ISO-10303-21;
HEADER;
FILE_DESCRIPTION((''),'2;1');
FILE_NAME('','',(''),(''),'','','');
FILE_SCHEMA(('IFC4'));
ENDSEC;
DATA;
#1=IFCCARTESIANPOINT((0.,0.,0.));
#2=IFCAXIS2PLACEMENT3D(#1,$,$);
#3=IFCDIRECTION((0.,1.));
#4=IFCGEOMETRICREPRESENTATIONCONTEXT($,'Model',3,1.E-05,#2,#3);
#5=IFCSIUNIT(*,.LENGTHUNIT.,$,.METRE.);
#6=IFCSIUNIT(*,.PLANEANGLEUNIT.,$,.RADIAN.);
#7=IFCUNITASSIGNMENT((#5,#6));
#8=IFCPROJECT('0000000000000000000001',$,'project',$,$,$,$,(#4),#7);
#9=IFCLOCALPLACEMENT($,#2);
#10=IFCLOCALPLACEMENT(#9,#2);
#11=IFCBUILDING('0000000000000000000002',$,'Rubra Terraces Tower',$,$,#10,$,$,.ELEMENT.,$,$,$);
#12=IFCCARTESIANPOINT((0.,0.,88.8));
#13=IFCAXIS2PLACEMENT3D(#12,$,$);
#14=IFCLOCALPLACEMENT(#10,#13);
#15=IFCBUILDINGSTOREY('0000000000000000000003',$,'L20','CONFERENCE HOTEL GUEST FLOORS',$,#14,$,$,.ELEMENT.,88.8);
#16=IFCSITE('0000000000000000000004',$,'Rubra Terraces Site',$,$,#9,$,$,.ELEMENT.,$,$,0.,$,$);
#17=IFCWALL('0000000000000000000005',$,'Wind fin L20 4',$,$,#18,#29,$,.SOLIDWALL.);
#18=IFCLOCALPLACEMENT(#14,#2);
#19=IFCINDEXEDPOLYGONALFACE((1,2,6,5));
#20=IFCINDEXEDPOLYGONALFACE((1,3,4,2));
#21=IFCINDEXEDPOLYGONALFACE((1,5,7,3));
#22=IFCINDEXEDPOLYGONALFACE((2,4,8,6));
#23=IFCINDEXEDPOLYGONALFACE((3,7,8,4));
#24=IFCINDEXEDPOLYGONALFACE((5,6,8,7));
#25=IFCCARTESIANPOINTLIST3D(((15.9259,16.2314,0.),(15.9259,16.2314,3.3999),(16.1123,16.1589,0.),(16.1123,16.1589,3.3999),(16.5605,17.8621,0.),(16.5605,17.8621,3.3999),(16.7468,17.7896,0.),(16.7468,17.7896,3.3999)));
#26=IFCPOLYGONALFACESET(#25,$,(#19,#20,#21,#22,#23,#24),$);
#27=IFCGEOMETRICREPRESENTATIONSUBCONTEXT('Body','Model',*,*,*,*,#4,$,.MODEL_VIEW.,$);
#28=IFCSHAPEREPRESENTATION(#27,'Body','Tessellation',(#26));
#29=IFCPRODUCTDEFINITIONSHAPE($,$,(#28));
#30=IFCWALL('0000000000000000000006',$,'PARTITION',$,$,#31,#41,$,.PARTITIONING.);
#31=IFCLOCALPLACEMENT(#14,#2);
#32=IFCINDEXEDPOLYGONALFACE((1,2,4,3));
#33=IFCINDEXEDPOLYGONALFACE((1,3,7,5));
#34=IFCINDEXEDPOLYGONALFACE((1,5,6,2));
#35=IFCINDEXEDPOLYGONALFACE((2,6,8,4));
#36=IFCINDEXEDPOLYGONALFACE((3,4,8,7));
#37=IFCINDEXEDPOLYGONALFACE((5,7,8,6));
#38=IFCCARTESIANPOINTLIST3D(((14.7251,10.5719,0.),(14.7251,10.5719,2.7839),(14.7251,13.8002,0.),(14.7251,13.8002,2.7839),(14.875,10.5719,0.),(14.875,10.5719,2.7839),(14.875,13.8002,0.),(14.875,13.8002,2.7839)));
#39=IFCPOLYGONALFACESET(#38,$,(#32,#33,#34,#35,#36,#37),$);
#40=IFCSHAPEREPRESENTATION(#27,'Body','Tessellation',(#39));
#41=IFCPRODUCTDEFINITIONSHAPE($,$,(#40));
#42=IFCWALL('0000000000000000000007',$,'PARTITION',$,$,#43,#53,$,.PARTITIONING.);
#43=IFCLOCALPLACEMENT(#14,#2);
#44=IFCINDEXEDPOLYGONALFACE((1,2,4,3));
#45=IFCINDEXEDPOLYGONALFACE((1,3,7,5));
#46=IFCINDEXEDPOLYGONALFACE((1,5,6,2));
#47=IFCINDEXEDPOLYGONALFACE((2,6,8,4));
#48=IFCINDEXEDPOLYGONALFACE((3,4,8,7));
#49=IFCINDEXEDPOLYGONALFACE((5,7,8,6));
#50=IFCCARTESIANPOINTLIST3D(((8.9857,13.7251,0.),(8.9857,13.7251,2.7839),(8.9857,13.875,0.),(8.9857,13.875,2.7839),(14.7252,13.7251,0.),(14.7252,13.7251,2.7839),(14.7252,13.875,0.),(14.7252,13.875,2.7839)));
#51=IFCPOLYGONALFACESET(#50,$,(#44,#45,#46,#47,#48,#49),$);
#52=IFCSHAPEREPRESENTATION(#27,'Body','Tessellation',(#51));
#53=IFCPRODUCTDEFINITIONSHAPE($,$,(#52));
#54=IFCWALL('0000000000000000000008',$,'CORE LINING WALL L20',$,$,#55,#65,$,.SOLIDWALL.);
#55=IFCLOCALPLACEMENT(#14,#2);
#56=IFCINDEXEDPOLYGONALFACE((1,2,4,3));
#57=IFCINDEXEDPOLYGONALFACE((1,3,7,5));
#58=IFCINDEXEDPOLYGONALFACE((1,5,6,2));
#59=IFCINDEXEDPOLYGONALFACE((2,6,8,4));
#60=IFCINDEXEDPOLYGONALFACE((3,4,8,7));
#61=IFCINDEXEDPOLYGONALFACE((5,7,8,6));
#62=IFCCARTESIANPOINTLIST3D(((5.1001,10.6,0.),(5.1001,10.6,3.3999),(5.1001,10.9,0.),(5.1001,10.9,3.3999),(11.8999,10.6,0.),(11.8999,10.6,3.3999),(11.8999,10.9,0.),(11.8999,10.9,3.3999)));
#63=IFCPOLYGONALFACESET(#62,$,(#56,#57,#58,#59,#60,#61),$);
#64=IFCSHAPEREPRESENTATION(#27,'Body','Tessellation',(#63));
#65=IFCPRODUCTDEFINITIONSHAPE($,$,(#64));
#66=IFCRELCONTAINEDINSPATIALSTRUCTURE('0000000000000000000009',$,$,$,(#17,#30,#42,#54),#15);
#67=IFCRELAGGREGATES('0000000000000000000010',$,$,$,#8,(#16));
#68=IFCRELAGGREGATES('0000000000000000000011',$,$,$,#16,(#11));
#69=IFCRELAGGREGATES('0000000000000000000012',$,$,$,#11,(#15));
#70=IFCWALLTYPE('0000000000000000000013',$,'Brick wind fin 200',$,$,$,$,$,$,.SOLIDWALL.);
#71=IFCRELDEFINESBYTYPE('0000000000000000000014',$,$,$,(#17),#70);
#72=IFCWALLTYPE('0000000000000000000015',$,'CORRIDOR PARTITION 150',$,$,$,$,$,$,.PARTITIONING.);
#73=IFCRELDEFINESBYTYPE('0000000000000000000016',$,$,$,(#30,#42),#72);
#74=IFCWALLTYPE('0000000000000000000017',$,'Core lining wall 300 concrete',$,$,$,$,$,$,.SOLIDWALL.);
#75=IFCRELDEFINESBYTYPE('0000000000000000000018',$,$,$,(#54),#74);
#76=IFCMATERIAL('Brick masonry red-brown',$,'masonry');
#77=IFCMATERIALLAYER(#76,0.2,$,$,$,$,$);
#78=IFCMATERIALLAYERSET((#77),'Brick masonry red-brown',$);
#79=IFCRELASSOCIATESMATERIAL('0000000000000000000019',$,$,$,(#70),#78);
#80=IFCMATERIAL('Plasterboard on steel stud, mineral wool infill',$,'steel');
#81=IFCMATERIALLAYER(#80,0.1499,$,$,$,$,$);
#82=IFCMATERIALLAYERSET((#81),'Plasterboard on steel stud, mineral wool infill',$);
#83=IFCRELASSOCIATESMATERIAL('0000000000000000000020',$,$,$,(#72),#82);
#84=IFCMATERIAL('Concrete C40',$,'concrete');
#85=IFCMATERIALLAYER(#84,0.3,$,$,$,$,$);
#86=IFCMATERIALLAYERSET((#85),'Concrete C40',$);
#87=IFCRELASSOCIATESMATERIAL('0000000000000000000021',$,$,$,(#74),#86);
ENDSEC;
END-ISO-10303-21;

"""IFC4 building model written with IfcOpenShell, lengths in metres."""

from ifc_helpers import new_model, si_unit, direction, frame, frame_2d, origin, place, context, subcontext, project, spatial, rectangle, extrude, material, layer, layer_set, type_object, element, save


model = new_model("IFC4")

# Units and contexts
model_context = context("Model", 3, precision=1e-05, world=origin(), true_north=direction((0.0, 1.0)))
body_context = subcontext(model_context, "Body", "Model", "MODEL_VIEW")
ifc_project = project(units=[si_unit("LENGTHUNIT", "METRE"), si_unit("PLANEANGLEUNIT", "RADIAN")], contexts=[model_context])

# Site, building, storey
site_placement = place(None, origin())
site = spatial("IfcSite", under=ifc_project, at=site_placement, Name="Rubra Terraces Site", CompositionType="ELEMENT", RefElevation=0.0)
building_placement = place(site_placement, origin())
building = spatial("IfcBuilding", under=site, at=building_placement, Name="Rubra Terraces Tower", CompositionType="ELEMENT")
storey_placement = place(building_placement, frame((0.0, 0.0, 88.8)))
storey = spatial("IfcBuildingStorey", under=building, at=storey_placement, Name="L20", Description="CONFERENCE HOTEL GUEST FLOORS", CompositionType="ELEMENT", Elevation=88.8)

# Shared definitions
ifc_material_1 = material(Name="Brick masonry red-brown", Category="masonry")

# Wall
ifc_layer_1 = layer(ifc_material_1, 0.2)
ifc_layer_set_1 = layer_set([ifc_layer_1], Name="Brick masonry red-brown")
wall_type_1 = type_object("IfcWallType", Name="Brick wind fin 200", PredefinedType="SOLIDWALL", material=ifc_layer_set_1)
wall_1_placement = place(storey_placement, frame((16.019, 16.1951, 0.0), z_axis=(0.0, 0.0, 1.0), x_axis=(0.362642, 0.931929, 0.0)))
element("IfcWall", 1, at=wall_1_placement, inside=storey, type_object=wall_type_1, Name="Wind fin L20 4", PredefinedType="SOLIDWALL", context=body_context, shape_type="SweptSolid", body=[
    extrude(rectangle(XDim=1.7498, YDim=0.2, at=frame_2d((0.875, 0.0))), origin(), (0.0, 0.0, 1.0), 3.3999),
])

# Shared definitions
ifc_material_2 = material(Name="Plasterboard on steel stud, mineral wool infill", Category="steel")
ifc_layer_2 = layer(ifc_material_2, 0.1499)
ifc_layer_set_2 = layer_set([ifc_layer_2], Name="Plasterboard on steel stud, mineral wool infill")
wall_type_2 = type_object("IfcWallType", Name="CORRIDOR PARTITION 150", PredefinedType="PARTITIONING", material=ifc_layer_set_2)

# Walls
wall_2_placement = place(storey_placement, frame((14.8, 10.5718, 0.0), z_axis=(0.0, 0.0, 1.0), x_axis=(0.0, 1.0, 0.0)))
element("IfcWall", 2, at=wall_2_placement, inside=storey, type_object=wall_type_2, Name="PARTITION", PredefinedType="PARTITIONING", context=body_context, shape_type="SweptSolid", body=[
    extrude(rectangle(XDim=3.2283, YDim=0.1499, at=frame_2d((1.6143, 0.0))), origin(), (0.0, 0.0, 1.0), 2.7839),
])
wall_3_placement = place(storey_placement, frame((14.7251, 13.8, 0.0), z_axis=(0.0, 0.0, 1.0), x_axis=(-1.0, 0.0, 0.0)))
element("IfcWall", 3, at=wall_3_placement, inside=storey, type_object=wall_type_2, Name="PARTITION", PredefinedType="PARTITIONING", context=body_context, shape_type="SweptSolid", body=[
    extrude(rectangle(XDim=5.7395, YDim=0.1499, at=frame_2d((2.8696, 0.0))), origin(), (0.0, 0.0, 1.0), 2.7839),
])
ifc_material_3 = material(Name="Concrete C40", Category="concrete")
ifc_layer_3 = layer(ifc_material_3, 0.3)
ifc_layer_set_3 = layer_set([ifc_layer_3], Name="Concrete C40")
wall_type_3 = type_object("IfcWallType", Name="Core lining wall 300 concrete", PredefinedType="SOLIDWALL", material=ifc_layer_set_3)
wall_4_placement = place(storey_placement, frame((11.8999, 10.75, 0.0), z_axis=(0.0, 0.0, 1.0), x_axis=(-1.0, 0.0, 0.0)))
element("IfcWall", 4, at=wall_4_placement, inside=storey, type_object=wall_type_3, Name="CORE LINING WALL L20", PredefinedType="SOLIDWALL", context=body_context, shape_type="SweptSolid", body=[
    extrude(rectangle(XDim=6.7998, YDim=0.3, at=frame_2d((3.3999, 0.0))), origin(), (0.0, 0.0, 1.0), 3.3999),
])

save(model, "model.ifc")
